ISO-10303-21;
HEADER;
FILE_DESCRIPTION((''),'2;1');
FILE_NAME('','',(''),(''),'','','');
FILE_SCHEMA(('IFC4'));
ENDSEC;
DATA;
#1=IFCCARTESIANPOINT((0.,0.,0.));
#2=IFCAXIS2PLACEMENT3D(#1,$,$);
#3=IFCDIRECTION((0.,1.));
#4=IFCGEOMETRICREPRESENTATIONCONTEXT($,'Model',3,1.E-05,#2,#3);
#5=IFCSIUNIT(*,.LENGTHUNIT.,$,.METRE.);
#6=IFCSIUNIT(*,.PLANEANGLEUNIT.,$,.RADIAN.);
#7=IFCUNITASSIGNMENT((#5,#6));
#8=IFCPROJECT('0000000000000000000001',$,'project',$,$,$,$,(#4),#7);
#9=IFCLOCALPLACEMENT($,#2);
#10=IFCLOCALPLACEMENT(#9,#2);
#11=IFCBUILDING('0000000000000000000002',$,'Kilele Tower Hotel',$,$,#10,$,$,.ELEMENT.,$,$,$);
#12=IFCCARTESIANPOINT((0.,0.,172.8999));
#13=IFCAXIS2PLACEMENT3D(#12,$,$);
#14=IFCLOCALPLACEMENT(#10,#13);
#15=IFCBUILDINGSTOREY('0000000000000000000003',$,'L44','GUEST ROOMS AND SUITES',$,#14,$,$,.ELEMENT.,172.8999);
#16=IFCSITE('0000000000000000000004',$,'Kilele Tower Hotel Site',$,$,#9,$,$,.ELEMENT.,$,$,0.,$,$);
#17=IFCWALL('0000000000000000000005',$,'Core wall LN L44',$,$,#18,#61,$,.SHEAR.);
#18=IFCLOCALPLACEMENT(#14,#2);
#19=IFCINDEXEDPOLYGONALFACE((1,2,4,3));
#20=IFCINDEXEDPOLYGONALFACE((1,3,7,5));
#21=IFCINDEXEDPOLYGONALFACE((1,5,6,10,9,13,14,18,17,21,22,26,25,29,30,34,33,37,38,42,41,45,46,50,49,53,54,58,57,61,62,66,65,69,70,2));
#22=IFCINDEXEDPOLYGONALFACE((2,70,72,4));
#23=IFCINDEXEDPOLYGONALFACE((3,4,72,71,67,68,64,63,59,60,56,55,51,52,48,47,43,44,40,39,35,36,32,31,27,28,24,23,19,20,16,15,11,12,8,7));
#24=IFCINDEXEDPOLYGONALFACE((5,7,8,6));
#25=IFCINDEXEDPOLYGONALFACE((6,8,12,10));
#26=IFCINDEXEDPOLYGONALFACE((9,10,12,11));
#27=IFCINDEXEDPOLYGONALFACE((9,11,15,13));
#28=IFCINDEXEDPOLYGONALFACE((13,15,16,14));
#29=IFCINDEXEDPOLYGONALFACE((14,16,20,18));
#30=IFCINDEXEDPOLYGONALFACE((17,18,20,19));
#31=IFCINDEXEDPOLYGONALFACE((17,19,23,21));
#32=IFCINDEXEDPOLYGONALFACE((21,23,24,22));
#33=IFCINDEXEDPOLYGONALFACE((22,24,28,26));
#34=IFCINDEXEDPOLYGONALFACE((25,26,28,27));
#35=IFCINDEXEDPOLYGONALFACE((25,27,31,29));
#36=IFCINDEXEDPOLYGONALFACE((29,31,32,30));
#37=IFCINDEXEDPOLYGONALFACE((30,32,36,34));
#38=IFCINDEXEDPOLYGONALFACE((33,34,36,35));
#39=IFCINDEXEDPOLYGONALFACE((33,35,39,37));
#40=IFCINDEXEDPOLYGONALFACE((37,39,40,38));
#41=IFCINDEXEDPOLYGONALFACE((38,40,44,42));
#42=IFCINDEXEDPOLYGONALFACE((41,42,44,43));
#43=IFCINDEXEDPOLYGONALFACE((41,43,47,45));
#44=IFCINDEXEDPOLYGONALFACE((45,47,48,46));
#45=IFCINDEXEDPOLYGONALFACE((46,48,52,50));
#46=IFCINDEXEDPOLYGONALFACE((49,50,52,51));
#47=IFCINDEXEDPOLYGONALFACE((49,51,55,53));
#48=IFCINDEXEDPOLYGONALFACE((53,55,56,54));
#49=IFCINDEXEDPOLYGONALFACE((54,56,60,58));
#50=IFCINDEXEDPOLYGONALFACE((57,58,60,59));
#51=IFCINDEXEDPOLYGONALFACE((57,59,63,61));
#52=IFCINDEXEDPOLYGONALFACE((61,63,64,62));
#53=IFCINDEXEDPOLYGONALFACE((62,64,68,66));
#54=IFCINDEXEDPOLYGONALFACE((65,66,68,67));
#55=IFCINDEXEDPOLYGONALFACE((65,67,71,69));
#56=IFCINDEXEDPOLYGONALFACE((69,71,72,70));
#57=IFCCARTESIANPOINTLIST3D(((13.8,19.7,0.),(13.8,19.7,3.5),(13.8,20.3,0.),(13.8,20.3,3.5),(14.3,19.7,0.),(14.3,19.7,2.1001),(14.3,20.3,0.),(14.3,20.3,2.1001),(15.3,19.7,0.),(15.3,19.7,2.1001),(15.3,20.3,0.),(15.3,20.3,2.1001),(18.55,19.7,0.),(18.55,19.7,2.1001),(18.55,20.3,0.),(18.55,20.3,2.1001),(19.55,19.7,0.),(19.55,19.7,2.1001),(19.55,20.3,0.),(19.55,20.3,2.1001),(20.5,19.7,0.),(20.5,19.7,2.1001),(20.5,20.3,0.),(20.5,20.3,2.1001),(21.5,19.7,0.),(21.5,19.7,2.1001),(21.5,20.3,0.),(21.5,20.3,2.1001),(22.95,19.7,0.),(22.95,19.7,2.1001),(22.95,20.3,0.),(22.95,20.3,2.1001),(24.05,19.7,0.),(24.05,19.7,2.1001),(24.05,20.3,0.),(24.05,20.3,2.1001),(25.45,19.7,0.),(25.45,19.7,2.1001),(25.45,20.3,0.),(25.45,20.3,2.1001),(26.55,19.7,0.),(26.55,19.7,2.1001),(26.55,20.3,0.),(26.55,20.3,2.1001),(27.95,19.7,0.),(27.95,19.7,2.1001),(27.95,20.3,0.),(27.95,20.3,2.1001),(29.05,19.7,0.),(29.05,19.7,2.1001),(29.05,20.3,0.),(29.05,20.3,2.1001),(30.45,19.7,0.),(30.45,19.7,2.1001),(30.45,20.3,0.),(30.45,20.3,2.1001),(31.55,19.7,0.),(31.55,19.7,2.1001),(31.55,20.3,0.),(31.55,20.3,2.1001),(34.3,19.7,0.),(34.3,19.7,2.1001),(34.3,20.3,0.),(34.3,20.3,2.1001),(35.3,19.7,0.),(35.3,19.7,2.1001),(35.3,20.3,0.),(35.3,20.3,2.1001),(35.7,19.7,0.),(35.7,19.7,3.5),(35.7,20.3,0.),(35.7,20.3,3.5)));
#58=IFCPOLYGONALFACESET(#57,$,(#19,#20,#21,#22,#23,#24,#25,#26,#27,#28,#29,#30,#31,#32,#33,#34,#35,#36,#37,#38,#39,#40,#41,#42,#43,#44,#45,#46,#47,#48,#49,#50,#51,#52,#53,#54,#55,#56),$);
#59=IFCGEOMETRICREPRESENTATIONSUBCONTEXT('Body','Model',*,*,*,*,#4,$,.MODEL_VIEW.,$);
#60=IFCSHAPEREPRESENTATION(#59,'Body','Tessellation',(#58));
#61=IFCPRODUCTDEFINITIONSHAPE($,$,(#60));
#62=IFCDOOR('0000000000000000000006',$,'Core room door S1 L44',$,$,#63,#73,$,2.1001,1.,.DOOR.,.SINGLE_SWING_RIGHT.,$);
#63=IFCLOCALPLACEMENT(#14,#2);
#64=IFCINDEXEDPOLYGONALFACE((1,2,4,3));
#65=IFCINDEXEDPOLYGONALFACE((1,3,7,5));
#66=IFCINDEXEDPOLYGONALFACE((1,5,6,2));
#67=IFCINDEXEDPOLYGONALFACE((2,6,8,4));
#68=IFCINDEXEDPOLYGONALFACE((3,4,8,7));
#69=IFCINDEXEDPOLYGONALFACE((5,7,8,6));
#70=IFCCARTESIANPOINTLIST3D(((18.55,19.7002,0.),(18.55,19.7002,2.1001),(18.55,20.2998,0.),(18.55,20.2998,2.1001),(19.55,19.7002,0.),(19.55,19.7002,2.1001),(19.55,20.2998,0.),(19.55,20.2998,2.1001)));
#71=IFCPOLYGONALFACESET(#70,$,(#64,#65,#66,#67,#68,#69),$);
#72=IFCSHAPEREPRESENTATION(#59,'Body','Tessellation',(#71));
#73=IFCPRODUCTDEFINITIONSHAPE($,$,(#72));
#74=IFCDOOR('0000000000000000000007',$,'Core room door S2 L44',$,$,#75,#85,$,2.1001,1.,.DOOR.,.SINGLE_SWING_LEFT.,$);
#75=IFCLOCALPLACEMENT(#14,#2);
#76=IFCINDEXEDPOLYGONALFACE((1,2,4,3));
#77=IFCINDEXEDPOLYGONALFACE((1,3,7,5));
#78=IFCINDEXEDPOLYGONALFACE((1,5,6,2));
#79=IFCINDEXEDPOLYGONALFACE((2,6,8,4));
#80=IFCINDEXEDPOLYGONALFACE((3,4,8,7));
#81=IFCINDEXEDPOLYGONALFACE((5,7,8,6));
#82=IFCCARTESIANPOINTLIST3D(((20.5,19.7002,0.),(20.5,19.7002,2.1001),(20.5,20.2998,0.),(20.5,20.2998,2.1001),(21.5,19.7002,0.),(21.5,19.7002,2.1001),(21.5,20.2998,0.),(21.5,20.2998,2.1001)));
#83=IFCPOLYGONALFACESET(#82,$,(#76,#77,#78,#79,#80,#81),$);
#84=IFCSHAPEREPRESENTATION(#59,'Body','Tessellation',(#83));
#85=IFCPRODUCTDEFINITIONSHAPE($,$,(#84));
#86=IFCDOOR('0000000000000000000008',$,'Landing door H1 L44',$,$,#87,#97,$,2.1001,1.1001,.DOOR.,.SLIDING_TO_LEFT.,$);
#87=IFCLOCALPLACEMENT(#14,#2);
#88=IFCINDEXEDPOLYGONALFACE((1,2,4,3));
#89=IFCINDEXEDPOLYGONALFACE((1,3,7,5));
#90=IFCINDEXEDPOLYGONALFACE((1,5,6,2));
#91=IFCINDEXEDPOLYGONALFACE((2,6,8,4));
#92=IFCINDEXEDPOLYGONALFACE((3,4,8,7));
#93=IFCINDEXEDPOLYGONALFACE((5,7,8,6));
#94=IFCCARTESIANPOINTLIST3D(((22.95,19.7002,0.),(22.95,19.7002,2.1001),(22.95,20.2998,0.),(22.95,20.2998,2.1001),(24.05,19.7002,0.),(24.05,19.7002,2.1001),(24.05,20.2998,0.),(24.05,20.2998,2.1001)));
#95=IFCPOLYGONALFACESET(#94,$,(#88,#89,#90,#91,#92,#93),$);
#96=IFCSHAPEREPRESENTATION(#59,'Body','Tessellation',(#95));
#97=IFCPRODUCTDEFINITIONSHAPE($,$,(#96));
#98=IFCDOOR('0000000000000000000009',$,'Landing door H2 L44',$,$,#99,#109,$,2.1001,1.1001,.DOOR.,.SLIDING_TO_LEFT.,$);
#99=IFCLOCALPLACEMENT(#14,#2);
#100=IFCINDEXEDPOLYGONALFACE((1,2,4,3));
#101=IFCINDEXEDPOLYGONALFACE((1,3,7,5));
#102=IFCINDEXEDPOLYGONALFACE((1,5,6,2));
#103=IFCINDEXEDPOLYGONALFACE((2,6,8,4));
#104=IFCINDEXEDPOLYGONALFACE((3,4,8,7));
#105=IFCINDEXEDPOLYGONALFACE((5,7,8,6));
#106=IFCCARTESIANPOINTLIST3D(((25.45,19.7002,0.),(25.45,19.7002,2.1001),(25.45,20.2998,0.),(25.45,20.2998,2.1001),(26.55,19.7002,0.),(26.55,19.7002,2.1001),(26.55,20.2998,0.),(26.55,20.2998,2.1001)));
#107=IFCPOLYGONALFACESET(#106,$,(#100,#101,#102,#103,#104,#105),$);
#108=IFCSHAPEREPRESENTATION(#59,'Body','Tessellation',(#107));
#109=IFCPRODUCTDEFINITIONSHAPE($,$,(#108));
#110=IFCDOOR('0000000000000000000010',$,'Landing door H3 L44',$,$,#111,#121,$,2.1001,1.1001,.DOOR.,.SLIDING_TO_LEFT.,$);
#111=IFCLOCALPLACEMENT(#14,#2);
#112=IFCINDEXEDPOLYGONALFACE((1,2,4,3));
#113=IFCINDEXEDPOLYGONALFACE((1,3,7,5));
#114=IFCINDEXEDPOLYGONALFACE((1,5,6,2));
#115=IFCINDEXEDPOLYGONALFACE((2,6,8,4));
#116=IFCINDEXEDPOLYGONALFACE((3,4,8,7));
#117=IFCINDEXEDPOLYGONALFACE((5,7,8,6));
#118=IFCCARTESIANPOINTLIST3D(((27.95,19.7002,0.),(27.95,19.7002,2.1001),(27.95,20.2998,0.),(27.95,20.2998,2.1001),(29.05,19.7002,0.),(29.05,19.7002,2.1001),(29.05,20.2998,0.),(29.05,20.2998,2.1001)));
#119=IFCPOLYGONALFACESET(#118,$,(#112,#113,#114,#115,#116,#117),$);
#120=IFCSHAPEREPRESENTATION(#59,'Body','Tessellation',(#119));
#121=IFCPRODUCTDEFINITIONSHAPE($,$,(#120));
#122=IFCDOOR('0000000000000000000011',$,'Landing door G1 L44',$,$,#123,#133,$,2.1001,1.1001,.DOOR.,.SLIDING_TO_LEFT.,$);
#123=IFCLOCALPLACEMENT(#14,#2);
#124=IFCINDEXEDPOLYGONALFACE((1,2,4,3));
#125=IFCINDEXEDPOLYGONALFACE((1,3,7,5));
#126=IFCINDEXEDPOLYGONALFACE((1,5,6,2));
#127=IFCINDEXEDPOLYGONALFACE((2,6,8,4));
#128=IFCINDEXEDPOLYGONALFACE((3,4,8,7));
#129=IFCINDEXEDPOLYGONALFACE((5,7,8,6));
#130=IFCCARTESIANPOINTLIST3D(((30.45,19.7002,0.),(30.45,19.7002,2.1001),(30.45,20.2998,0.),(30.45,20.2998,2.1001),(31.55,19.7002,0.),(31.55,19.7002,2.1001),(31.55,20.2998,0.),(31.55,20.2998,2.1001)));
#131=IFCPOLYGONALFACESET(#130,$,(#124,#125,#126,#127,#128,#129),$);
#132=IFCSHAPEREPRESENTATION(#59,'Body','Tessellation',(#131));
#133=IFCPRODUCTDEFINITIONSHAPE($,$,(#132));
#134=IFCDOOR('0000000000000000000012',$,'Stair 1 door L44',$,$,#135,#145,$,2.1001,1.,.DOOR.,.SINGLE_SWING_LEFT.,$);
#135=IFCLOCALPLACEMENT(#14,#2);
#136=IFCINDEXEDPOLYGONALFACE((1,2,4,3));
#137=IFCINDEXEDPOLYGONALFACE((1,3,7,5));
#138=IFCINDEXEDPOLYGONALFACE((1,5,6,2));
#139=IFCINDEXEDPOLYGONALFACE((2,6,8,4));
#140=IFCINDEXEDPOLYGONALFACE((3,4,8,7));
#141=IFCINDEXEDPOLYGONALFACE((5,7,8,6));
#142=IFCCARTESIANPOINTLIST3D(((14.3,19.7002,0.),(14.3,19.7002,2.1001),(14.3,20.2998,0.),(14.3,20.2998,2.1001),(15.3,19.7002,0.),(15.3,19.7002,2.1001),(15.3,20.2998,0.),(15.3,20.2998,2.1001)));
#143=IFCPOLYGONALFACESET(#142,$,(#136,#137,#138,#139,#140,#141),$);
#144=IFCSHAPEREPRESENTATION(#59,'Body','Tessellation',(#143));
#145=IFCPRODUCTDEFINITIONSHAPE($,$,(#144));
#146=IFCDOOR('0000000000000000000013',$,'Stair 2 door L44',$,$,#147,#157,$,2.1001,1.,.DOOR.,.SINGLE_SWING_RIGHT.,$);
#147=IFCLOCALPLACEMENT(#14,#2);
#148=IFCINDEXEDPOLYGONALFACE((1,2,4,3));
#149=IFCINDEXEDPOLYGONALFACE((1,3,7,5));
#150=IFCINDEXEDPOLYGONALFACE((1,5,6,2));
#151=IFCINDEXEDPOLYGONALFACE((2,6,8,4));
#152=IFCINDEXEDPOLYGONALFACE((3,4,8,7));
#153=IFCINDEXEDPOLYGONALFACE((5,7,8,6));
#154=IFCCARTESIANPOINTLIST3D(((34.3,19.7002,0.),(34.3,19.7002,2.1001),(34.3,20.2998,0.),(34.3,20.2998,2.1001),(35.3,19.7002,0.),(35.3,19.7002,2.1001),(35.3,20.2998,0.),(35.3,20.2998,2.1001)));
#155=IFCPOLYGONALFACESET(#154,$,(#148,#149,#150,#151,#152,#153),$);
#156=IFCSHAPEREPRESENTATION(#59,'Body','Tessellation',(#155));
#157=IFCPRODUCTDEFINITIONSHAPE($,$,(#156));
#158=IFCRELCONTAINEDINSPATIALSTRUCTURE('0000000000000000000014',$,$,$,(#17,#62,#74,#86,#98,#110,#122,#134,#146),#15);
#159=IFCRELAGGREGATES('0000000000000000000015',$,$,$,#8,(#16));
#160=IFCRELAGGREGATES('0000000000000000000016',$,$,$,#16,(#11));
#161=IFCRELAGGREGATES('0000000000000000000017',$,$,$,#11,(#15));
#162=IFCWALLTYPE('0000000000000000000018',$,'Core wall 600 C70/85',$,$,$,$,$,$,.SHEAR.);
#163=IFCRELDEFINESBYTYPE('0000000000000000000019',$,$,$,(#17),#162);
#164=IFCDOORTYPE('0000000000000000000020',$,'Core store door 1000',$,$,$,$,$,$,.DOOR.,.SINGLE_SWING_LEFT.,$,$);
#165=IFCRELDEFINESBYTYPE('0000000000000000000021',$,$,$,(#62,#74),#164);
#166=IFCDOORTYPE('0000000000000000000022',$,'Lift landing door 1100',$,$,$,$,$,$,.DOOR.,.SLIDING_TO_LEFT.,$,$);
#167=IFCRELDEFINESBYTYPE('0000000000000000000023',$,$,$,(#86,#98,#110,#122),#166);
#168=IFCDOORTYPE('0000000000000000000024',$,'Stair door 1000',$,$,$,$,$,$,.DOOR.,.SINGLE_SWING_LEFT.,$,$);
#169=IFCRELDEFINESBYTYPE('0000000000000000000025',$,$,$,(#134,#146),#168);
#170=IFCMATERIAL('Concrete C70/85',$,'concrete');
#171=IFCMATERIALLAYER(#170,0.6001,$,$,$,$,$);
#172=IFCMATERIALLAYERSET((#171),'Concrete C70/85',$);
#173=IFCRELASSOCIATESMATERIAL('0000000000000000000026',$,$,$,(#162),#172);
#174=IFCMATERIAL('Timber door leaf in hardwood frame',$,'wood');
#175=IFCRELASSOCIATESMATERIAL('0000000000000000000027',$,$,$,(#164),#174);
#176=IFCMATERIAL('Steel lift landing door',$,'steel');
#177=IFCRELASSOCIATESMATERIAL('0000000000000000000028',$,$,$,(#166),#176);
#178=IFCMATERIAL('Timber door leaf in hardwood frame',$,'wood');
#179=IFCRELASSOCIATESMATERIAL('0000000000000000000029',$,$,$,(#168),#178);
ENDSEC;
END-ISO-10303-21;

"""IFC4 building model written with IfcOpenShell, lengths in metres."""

from ifc_helpers import new_model, si_unit, direction, frame, frame_2d, origin, place, context, subcontext, project, spatial, rectangle, extrude, material, layer, layer_set, type_object, element, fill, save


model = new_model("IFC4")

# Units and contexts
model_context = context("Model", 3, precision=1e-05, world=origin(), true_north=direction((0.0, 1.0)))
body_context = subcontext(model_context, "Body", "Model", "MODEL_VIEW")
ifc_project = project(units=[si_unit("LENGTHUNIT", "METRE"), si_unit("PLANEANGLEUNIT", "RADIAN")], contexts=[model_context])

# Site, building, storey
site_placement = place(None, origin())
site = spatial("IfcSite", under=ifc_project, at=site_placement, Name="Kilele Tower Hotel Site", CompositionType="ELEMENT", RefElevation=0.0)
building_placement = place(site_placement, origin())
building = spatial("IfcBuilding", under=site, at=building_placement, Name="Kilele Tower Hotel", CompositionType="ELEMENT")
storey_placement = place(building_placement, frame((0.0, 0.0, 172.8999)))
storey = spatial("IfcBuildingStorey", under=building, at=storey_placement, Name="L44", Description="GUEST ROOMS AND SUITES", CompositionType="ELEMENT", Elevation=172.8999)

# Shared definitions
ifc_material_1 = material(Name="Concrete C70/85", Category="concrete")
ifc_layer = layer(ifc_material_1, 0.6001)
ifc_layer_set = layer_set([ifc_layer], Name="Concrete C70/85")
wall_type = type_object("IfcWallType", Name="Core wall 600 C70/85", PredefinedType="SHEAR", material=ifc_layer_set)

# Wall, openings, doors
ifc_material_2 = material(Name="Timber door leaf in hardwood frame", Category="wood")
door_type_1 = type_object("IfcDoorType", Name="Core store door 1000", OperationType="SINGLE_SWING_LEFT", PredefinedType="DOOR", material=ifc_material_2)
wall_1_placement = place(storey_placement, frame((13.8, 20.0, 0.0), z_axis=(0.0, 0.0, 1.0), x_axis=(1.0, 0.0, 0.0)))
wall_1 = element("IfcWall", 1, at=wall_1_placement, inside=storey, type_object=wall_type, Name="Core wall LN L44", PredefinedType="SHEAR", context=body_context, shape_type="SweptSolid", body=[
    extrude(rectangle(XDim=21.8999, YDim=0.6001, at=frame_2d((10.95, 0.0))), origin(), (0.0, 0.0, 1.0), 3.5),
])
opening_1_placement = place(wall_1_placement, frame((0.5, 0.0, 0.0)))
opening_1 = element("IfcOpeningElement", 2, at=opening_1_placement, cuts=wall_1, PredefinedType="OPENING", context=body_context, shape_type="SweptSolid", body=[
    extrude(rectangle(XDim=1.0, YDim=2.1001, at=frame_2d((0.5, 1.05))), frame((0.0, 0.3101, 0.0), z_axis=(0.0, -1.0, 0.0), x_axis=(1.0, 0.0, 0.0)), (0.0, 0.0, 1.0), 0.6201),
])
opening_2_placement = place(wall_1_placement, frame((20.5, 0.0, 0.0)))
opening_2 = element("IfcOpeningElement", 3, at=opening_2_placement, cuts=wall_1, PredefinedType="OPENING", context=body_context, shape_type="SweptSolid", body=[
    extrude(rectangle(XDim=1.0, YDim=2.1001, at=frame_2d((0.5, 1.05))), frame((0.0, 0.3101, 0.0), z_axis=(0.0, -1.0, 0.0), x_axis=(1.0, 0.0, 0.0)), (0.0, 0.0, 1.0), 0.6201),
])
opening_3_placement = place(wall_1_placement, frame((9.1499, 0.0, 0.0)))
opening_3 = element("IfcOpeningElement", 4, at=opening_3_placement, cuts=wall_1, PredefinedType="OPENING", context=body_context, shape_type="SweptSolid", body=[
    extrude(rectangle(XDim=1.1001, YDim=2.1001, at=frame_2d((0.55, 1.05))), frame((0.0, 0.3101, 0.0), z_axis=(0.0, -1.0, 0.0), x_axis=(1.0, 0.0, 0.0)), (0.0, 0.0, 1.0), 0.6201),
])
opening_4_placement = place(wall_1_placement, frame((11.6499, 0.0, 0.0)))
opening_4 = element("IfcOpeningElement", 5, at=opening_4_placement, cuts=wall_1, PredefinedType="OPENING", context=body_context, shape_type="SweptSolid", body=[
    extrude(rectangle(XDim=1.1001, YDim=2.1001, at=frame_2d((0.55, 1.05))), frame((0.0, 0.3101, 0.0), z_axis=(0.0, -1.0, 0.0), x_axis=(1.0, 0.0, 0.0)), (0.0, 0.0, 1.0), 0.6201),
])
opening_5_placement = place(wall_1_placement, frame((14.1499, 0.0, 0.0)))
opening_5 = element("IfcOpeningElement", 6, at=opening_5_placement, cuts=wall_1, PredefinedType="OPENING", context=body_context, shape_type="SweptSolid", body=[
    extrude(rectangle(XDim=1.1001, YDim=2.1001, at=frame_2d((0.55, 1.05))), frame((0.0, 0.3101, 0.0), z_axis=(0.0, -1.0, 0.0), x_axis=(1.0, 0.0, 0.0)), (0.0, 0.0, 1.0), 0.6201),
])
opening_6_placement = place(wall_1_placement, frame((16.6499, 0.0, 0.0)))
opening_6 = element("IfcOpeningElement", 7, at=opening_6_placement, cuts=wall_1, PredefinedType="OPENING", context=body_context, shape_type="SweptSolid", body=[
    extrude(rectangle(XDim=1.1001, YDim=2.1001, at=frame_2d((0.55, 1.05))), frame((0.0, 0.3101, 0.0), z_axis=(0.0, -1.0, 0.0), x_axis=(1.0, 0.0, 0.0)), (0.0, 0.0, 1.0), 0.6201),
])
opening_7_placement = place(wall_1_placement, frame((4.75, 0.0, 0.0)))
opening_7 = element("IfcOpeningElement", 8, at=opening_7_placement, cuts=wall_1, PredefinedType="OPENING", context=body_context, shape_type="SweptSolid", body=[
    extrude(rectangle(XDim=1.0, YDim=2.1001, at=frame_2d((0.5, 1.05))), frame((0.0, 0.3101, 0.0), z_axis=(0.0, -1.0, 0.0), x_axis=(1.0, 0.0, 0.0)), (0.0, 0.0, 1.0), 0.6201),
])
opening_8_placement = place(wall_1_placement, frame((6.7, 0.0, 0.0)))
opening_8 = element("IfcOpeningElement", 9, at=opening_8_placement, cuts=wall_1, PredefinedType="OPENING", context=body_context, shape_type="SweptSolid", body=[
    extrude(rectangle(XDim=1.0, YDim=2.1001, at=frame_2d((0.5, 1.05))), frame((0.0, 0.3101, 0.0), z_axis=(0.0, -1.0, 0.0), x_axis=(1.0, 0.0, 0.0)), (0.0, 0.0, 1.0), 0.6201),
])
door_1_placement = place(opening_7_placement, origin())
door_1 = element("IfcDoor", 10, at=door_1_placement, inside=storey, type_object=door_type_1, Name="Core room door S1 L44", OperationType="SINGLE_SWING_RIGHT", OverallHeight=2.1001, OverallWidth=1.0, PredefinedType="DOOR", context=body_context, shape_type="SweptSolid", body=[
    extrude(rectangle(XDim=1.0, YDim=2.1001, at=frame_2d((0.5, 1.05))), frame((0.0, 0.2998, 0.0), z_axis=(0.0, -1.0, 0.0), x_axis=(1.0, 0.0, 0.0)), (0.0, 0.0, 1.0), 0.5996),
])
fill(opening_7, door_1)
door_2_placement = place(opening_8_placement, origin())
door_2 = element("IfcDoor", 11, at=door_2_placement, inside=storey, type_object=door_type_1, Name="Core room door S2 L44", OperationType="SINGLE_SWING_LEFT", OverallHeight=2.1001, OverallWidth=1.0, PredefinedType="DOOR", context=body_context, shape_type="SweptSolid", body=[
    extrude(rectangle(XDim=1.0, YDim=2.1001, at=frame_2d((0.5, 1.05))), frame((0.0, 0.2998, 0.0), z_axis=(0.0, -1.0, 0.0), x_axis=(1.0, 0.0, 0.0)), (0.0, 0.0, 1.0), 0.5996),
])
fill(opening_8, door_2)
ifc_material_3 = material(Name="Steel lift landing door", Category="steel")
door_type_2 = type_object("IfcDoorType", Name="Lift landing door 1100", OperationType="SLIDING_TO_LEFT", PredefinedType="DOOR", material=ifc_material_3)
door_3_placement = place(opening_3_placement, origin())
door_3 = element("IfcDoor", 12, at=door_3_placement, inside=storey, type_object=door_type_2, Name="Landing door H1 L44", OperationType="SLIDING_TO_LEFT", OverallHeight=2.1001, OverallWidth=1.1001, PredefinedType="DOOR", context=body_context, shape_type="SweptSolid", body=[
    extrude(rectangle(XDim=1.1001, YDim=2.1001, at=frame_2d((0.55, 1.05))), frame((0.0, 0.2998, 0.0), z_axis=(0.0, -1.0, 0.0), x_axis=(1.0, 0.0, 0.0)), (0.0, 0.0, 1.0), 0.5996),
])
fill(opening_3, door_3)
door_4_placement = place(opening_4_placement, origin())
door_4 = element("IfcDoor", 13, at=door_4_placement, inside=storey, type_object=door_type_2, Name="Landing door H2 L44", OperationType="SLIDING_TO_LEFT", OverallHeight=2.1001, OverallWidth=1.1001, PredefinedType="DOOR", context=body_context, shape_type="SweptSolid", body=[
    extrude(rectangle(XDim=1.1001, YDim=2.1001, at=frame_2d((0.55, 1.05))), frame((0.0, 0.2998, 0.0), z_axis=(0.0, -1.0, 0.0), x_axis=(1.0, 0.0, 0.0)), (0.0, 0.0, 1.0), 0.5996),
])
fill(opening_4, door_4)
door_5_placement = place(opening_5_placement, origin())
door_5 = element("IfcDoor", 14, at=door_5_placement, inside=storey, type_object=door_type_2, Name="Landing door H3 L44", OperationType="SLIDING_TO_LEFT", OverallHeight=2.1001, OverallWidth=1.1001, PredefinedType="DOOR", context=body_context, shape_type="SweptSolid", body=[
    extrude(rectangle(XDim=1.1001, YDim=2.1001, at=frame_2d((0.55, 1.05))), frame((0.0, 0.2998, 0.0), z_axis=(0.0, -1.0, 0.0), x_axis=(1.0, 0.0, 0.0)), (0.0, 0.0, 1.0), 0.5996),
])
fill(opening_5, door_5)
door_6_placement = place(opening_6_placement, origin())
door_6 = element("IfcDoor", 15, at=door_6_placement, inside=storey, type_object=door_type_2, Name="Landing door G1 L44", OperationType="SLIDING_TO_LEFT", OverallHeight=2.1001, OverallWidth=1.1001, PredefinedType="DOOR", context=body_context, shape_type="SweptSolid", body=[
    extrude(rectangle(XDim=1.1001, YDim=2.1001, at=frame_2d((0.55, 1.05))), frame((0.0, 0.2998, 0.0), z_axis=(0.0, -1.0, 0.0), x_axis=(1.0, 0.0, 0.0)), (0.0, 0.0, 1.0), 0.5996),
])
fill(opening_6, door_6)
ifc_material_4 = material(Name="Timber door leaf in hardwood frame", Category="wood")
door_type_3 = type_object("IfcDoorType", Name="Stair door 1000", OperationType="SINGLE_SWING_LEFT", PredefinedType="DOOR", material=ifc_material_4)
door_7_placement = place(opening_1_placement, origin())
door_7 = element("IfcDoor", 16, at=door_7_placement, inside=storey, type_object=door_type_3, Name="Stair 1 door L44", OperationType="SINGLE_SWING_LEFT", OverallHeight=2.1001, OverallWidth=1.0, PredefinedType="DOOR", context=body_context, shape_type="SweptSolid", body=[
    extrude(rectangle(XDim=1.0, YDim=2.1001, at=frame_2d((0.5, 1.05))), frame((0.0, 0.2998, 0.0), z_axis=(0.0, -1.0, 0.0), x_axis=(1.0, 0.0, 0.0)), (0.0, 0.0, 1.0), 0.5996),
])
fill(opening_1, door_7)
door_8_placement = place(opening_2_placement, origin())
door_8 = element("IfcDoor", 17, at=door_8_placement, inside=storey, type_object=door_type_3, Name="Stair 2 door L44", OperationType="SINGLE_SWING_RIGHT", OverallHeight=2.1001, OverallWidth=1.0, PredefinedType="DOOR", context=body_context, shape_type="SweptSolid", body=[
    extrude(rectangle(XDim=1.0, YDim=2.1001, at=frame_2d((0.5, 1.05))), frame((0.0, 0.2998, 0.0), z_axis=(0.0, -1.0, 0.0), x_axis=(1.0, 0.0, 0.0)), (0.0, 0.0, 1.0), 0.5996),
])
fill(opening_2, door_8)

save(model, "model.ifc")
